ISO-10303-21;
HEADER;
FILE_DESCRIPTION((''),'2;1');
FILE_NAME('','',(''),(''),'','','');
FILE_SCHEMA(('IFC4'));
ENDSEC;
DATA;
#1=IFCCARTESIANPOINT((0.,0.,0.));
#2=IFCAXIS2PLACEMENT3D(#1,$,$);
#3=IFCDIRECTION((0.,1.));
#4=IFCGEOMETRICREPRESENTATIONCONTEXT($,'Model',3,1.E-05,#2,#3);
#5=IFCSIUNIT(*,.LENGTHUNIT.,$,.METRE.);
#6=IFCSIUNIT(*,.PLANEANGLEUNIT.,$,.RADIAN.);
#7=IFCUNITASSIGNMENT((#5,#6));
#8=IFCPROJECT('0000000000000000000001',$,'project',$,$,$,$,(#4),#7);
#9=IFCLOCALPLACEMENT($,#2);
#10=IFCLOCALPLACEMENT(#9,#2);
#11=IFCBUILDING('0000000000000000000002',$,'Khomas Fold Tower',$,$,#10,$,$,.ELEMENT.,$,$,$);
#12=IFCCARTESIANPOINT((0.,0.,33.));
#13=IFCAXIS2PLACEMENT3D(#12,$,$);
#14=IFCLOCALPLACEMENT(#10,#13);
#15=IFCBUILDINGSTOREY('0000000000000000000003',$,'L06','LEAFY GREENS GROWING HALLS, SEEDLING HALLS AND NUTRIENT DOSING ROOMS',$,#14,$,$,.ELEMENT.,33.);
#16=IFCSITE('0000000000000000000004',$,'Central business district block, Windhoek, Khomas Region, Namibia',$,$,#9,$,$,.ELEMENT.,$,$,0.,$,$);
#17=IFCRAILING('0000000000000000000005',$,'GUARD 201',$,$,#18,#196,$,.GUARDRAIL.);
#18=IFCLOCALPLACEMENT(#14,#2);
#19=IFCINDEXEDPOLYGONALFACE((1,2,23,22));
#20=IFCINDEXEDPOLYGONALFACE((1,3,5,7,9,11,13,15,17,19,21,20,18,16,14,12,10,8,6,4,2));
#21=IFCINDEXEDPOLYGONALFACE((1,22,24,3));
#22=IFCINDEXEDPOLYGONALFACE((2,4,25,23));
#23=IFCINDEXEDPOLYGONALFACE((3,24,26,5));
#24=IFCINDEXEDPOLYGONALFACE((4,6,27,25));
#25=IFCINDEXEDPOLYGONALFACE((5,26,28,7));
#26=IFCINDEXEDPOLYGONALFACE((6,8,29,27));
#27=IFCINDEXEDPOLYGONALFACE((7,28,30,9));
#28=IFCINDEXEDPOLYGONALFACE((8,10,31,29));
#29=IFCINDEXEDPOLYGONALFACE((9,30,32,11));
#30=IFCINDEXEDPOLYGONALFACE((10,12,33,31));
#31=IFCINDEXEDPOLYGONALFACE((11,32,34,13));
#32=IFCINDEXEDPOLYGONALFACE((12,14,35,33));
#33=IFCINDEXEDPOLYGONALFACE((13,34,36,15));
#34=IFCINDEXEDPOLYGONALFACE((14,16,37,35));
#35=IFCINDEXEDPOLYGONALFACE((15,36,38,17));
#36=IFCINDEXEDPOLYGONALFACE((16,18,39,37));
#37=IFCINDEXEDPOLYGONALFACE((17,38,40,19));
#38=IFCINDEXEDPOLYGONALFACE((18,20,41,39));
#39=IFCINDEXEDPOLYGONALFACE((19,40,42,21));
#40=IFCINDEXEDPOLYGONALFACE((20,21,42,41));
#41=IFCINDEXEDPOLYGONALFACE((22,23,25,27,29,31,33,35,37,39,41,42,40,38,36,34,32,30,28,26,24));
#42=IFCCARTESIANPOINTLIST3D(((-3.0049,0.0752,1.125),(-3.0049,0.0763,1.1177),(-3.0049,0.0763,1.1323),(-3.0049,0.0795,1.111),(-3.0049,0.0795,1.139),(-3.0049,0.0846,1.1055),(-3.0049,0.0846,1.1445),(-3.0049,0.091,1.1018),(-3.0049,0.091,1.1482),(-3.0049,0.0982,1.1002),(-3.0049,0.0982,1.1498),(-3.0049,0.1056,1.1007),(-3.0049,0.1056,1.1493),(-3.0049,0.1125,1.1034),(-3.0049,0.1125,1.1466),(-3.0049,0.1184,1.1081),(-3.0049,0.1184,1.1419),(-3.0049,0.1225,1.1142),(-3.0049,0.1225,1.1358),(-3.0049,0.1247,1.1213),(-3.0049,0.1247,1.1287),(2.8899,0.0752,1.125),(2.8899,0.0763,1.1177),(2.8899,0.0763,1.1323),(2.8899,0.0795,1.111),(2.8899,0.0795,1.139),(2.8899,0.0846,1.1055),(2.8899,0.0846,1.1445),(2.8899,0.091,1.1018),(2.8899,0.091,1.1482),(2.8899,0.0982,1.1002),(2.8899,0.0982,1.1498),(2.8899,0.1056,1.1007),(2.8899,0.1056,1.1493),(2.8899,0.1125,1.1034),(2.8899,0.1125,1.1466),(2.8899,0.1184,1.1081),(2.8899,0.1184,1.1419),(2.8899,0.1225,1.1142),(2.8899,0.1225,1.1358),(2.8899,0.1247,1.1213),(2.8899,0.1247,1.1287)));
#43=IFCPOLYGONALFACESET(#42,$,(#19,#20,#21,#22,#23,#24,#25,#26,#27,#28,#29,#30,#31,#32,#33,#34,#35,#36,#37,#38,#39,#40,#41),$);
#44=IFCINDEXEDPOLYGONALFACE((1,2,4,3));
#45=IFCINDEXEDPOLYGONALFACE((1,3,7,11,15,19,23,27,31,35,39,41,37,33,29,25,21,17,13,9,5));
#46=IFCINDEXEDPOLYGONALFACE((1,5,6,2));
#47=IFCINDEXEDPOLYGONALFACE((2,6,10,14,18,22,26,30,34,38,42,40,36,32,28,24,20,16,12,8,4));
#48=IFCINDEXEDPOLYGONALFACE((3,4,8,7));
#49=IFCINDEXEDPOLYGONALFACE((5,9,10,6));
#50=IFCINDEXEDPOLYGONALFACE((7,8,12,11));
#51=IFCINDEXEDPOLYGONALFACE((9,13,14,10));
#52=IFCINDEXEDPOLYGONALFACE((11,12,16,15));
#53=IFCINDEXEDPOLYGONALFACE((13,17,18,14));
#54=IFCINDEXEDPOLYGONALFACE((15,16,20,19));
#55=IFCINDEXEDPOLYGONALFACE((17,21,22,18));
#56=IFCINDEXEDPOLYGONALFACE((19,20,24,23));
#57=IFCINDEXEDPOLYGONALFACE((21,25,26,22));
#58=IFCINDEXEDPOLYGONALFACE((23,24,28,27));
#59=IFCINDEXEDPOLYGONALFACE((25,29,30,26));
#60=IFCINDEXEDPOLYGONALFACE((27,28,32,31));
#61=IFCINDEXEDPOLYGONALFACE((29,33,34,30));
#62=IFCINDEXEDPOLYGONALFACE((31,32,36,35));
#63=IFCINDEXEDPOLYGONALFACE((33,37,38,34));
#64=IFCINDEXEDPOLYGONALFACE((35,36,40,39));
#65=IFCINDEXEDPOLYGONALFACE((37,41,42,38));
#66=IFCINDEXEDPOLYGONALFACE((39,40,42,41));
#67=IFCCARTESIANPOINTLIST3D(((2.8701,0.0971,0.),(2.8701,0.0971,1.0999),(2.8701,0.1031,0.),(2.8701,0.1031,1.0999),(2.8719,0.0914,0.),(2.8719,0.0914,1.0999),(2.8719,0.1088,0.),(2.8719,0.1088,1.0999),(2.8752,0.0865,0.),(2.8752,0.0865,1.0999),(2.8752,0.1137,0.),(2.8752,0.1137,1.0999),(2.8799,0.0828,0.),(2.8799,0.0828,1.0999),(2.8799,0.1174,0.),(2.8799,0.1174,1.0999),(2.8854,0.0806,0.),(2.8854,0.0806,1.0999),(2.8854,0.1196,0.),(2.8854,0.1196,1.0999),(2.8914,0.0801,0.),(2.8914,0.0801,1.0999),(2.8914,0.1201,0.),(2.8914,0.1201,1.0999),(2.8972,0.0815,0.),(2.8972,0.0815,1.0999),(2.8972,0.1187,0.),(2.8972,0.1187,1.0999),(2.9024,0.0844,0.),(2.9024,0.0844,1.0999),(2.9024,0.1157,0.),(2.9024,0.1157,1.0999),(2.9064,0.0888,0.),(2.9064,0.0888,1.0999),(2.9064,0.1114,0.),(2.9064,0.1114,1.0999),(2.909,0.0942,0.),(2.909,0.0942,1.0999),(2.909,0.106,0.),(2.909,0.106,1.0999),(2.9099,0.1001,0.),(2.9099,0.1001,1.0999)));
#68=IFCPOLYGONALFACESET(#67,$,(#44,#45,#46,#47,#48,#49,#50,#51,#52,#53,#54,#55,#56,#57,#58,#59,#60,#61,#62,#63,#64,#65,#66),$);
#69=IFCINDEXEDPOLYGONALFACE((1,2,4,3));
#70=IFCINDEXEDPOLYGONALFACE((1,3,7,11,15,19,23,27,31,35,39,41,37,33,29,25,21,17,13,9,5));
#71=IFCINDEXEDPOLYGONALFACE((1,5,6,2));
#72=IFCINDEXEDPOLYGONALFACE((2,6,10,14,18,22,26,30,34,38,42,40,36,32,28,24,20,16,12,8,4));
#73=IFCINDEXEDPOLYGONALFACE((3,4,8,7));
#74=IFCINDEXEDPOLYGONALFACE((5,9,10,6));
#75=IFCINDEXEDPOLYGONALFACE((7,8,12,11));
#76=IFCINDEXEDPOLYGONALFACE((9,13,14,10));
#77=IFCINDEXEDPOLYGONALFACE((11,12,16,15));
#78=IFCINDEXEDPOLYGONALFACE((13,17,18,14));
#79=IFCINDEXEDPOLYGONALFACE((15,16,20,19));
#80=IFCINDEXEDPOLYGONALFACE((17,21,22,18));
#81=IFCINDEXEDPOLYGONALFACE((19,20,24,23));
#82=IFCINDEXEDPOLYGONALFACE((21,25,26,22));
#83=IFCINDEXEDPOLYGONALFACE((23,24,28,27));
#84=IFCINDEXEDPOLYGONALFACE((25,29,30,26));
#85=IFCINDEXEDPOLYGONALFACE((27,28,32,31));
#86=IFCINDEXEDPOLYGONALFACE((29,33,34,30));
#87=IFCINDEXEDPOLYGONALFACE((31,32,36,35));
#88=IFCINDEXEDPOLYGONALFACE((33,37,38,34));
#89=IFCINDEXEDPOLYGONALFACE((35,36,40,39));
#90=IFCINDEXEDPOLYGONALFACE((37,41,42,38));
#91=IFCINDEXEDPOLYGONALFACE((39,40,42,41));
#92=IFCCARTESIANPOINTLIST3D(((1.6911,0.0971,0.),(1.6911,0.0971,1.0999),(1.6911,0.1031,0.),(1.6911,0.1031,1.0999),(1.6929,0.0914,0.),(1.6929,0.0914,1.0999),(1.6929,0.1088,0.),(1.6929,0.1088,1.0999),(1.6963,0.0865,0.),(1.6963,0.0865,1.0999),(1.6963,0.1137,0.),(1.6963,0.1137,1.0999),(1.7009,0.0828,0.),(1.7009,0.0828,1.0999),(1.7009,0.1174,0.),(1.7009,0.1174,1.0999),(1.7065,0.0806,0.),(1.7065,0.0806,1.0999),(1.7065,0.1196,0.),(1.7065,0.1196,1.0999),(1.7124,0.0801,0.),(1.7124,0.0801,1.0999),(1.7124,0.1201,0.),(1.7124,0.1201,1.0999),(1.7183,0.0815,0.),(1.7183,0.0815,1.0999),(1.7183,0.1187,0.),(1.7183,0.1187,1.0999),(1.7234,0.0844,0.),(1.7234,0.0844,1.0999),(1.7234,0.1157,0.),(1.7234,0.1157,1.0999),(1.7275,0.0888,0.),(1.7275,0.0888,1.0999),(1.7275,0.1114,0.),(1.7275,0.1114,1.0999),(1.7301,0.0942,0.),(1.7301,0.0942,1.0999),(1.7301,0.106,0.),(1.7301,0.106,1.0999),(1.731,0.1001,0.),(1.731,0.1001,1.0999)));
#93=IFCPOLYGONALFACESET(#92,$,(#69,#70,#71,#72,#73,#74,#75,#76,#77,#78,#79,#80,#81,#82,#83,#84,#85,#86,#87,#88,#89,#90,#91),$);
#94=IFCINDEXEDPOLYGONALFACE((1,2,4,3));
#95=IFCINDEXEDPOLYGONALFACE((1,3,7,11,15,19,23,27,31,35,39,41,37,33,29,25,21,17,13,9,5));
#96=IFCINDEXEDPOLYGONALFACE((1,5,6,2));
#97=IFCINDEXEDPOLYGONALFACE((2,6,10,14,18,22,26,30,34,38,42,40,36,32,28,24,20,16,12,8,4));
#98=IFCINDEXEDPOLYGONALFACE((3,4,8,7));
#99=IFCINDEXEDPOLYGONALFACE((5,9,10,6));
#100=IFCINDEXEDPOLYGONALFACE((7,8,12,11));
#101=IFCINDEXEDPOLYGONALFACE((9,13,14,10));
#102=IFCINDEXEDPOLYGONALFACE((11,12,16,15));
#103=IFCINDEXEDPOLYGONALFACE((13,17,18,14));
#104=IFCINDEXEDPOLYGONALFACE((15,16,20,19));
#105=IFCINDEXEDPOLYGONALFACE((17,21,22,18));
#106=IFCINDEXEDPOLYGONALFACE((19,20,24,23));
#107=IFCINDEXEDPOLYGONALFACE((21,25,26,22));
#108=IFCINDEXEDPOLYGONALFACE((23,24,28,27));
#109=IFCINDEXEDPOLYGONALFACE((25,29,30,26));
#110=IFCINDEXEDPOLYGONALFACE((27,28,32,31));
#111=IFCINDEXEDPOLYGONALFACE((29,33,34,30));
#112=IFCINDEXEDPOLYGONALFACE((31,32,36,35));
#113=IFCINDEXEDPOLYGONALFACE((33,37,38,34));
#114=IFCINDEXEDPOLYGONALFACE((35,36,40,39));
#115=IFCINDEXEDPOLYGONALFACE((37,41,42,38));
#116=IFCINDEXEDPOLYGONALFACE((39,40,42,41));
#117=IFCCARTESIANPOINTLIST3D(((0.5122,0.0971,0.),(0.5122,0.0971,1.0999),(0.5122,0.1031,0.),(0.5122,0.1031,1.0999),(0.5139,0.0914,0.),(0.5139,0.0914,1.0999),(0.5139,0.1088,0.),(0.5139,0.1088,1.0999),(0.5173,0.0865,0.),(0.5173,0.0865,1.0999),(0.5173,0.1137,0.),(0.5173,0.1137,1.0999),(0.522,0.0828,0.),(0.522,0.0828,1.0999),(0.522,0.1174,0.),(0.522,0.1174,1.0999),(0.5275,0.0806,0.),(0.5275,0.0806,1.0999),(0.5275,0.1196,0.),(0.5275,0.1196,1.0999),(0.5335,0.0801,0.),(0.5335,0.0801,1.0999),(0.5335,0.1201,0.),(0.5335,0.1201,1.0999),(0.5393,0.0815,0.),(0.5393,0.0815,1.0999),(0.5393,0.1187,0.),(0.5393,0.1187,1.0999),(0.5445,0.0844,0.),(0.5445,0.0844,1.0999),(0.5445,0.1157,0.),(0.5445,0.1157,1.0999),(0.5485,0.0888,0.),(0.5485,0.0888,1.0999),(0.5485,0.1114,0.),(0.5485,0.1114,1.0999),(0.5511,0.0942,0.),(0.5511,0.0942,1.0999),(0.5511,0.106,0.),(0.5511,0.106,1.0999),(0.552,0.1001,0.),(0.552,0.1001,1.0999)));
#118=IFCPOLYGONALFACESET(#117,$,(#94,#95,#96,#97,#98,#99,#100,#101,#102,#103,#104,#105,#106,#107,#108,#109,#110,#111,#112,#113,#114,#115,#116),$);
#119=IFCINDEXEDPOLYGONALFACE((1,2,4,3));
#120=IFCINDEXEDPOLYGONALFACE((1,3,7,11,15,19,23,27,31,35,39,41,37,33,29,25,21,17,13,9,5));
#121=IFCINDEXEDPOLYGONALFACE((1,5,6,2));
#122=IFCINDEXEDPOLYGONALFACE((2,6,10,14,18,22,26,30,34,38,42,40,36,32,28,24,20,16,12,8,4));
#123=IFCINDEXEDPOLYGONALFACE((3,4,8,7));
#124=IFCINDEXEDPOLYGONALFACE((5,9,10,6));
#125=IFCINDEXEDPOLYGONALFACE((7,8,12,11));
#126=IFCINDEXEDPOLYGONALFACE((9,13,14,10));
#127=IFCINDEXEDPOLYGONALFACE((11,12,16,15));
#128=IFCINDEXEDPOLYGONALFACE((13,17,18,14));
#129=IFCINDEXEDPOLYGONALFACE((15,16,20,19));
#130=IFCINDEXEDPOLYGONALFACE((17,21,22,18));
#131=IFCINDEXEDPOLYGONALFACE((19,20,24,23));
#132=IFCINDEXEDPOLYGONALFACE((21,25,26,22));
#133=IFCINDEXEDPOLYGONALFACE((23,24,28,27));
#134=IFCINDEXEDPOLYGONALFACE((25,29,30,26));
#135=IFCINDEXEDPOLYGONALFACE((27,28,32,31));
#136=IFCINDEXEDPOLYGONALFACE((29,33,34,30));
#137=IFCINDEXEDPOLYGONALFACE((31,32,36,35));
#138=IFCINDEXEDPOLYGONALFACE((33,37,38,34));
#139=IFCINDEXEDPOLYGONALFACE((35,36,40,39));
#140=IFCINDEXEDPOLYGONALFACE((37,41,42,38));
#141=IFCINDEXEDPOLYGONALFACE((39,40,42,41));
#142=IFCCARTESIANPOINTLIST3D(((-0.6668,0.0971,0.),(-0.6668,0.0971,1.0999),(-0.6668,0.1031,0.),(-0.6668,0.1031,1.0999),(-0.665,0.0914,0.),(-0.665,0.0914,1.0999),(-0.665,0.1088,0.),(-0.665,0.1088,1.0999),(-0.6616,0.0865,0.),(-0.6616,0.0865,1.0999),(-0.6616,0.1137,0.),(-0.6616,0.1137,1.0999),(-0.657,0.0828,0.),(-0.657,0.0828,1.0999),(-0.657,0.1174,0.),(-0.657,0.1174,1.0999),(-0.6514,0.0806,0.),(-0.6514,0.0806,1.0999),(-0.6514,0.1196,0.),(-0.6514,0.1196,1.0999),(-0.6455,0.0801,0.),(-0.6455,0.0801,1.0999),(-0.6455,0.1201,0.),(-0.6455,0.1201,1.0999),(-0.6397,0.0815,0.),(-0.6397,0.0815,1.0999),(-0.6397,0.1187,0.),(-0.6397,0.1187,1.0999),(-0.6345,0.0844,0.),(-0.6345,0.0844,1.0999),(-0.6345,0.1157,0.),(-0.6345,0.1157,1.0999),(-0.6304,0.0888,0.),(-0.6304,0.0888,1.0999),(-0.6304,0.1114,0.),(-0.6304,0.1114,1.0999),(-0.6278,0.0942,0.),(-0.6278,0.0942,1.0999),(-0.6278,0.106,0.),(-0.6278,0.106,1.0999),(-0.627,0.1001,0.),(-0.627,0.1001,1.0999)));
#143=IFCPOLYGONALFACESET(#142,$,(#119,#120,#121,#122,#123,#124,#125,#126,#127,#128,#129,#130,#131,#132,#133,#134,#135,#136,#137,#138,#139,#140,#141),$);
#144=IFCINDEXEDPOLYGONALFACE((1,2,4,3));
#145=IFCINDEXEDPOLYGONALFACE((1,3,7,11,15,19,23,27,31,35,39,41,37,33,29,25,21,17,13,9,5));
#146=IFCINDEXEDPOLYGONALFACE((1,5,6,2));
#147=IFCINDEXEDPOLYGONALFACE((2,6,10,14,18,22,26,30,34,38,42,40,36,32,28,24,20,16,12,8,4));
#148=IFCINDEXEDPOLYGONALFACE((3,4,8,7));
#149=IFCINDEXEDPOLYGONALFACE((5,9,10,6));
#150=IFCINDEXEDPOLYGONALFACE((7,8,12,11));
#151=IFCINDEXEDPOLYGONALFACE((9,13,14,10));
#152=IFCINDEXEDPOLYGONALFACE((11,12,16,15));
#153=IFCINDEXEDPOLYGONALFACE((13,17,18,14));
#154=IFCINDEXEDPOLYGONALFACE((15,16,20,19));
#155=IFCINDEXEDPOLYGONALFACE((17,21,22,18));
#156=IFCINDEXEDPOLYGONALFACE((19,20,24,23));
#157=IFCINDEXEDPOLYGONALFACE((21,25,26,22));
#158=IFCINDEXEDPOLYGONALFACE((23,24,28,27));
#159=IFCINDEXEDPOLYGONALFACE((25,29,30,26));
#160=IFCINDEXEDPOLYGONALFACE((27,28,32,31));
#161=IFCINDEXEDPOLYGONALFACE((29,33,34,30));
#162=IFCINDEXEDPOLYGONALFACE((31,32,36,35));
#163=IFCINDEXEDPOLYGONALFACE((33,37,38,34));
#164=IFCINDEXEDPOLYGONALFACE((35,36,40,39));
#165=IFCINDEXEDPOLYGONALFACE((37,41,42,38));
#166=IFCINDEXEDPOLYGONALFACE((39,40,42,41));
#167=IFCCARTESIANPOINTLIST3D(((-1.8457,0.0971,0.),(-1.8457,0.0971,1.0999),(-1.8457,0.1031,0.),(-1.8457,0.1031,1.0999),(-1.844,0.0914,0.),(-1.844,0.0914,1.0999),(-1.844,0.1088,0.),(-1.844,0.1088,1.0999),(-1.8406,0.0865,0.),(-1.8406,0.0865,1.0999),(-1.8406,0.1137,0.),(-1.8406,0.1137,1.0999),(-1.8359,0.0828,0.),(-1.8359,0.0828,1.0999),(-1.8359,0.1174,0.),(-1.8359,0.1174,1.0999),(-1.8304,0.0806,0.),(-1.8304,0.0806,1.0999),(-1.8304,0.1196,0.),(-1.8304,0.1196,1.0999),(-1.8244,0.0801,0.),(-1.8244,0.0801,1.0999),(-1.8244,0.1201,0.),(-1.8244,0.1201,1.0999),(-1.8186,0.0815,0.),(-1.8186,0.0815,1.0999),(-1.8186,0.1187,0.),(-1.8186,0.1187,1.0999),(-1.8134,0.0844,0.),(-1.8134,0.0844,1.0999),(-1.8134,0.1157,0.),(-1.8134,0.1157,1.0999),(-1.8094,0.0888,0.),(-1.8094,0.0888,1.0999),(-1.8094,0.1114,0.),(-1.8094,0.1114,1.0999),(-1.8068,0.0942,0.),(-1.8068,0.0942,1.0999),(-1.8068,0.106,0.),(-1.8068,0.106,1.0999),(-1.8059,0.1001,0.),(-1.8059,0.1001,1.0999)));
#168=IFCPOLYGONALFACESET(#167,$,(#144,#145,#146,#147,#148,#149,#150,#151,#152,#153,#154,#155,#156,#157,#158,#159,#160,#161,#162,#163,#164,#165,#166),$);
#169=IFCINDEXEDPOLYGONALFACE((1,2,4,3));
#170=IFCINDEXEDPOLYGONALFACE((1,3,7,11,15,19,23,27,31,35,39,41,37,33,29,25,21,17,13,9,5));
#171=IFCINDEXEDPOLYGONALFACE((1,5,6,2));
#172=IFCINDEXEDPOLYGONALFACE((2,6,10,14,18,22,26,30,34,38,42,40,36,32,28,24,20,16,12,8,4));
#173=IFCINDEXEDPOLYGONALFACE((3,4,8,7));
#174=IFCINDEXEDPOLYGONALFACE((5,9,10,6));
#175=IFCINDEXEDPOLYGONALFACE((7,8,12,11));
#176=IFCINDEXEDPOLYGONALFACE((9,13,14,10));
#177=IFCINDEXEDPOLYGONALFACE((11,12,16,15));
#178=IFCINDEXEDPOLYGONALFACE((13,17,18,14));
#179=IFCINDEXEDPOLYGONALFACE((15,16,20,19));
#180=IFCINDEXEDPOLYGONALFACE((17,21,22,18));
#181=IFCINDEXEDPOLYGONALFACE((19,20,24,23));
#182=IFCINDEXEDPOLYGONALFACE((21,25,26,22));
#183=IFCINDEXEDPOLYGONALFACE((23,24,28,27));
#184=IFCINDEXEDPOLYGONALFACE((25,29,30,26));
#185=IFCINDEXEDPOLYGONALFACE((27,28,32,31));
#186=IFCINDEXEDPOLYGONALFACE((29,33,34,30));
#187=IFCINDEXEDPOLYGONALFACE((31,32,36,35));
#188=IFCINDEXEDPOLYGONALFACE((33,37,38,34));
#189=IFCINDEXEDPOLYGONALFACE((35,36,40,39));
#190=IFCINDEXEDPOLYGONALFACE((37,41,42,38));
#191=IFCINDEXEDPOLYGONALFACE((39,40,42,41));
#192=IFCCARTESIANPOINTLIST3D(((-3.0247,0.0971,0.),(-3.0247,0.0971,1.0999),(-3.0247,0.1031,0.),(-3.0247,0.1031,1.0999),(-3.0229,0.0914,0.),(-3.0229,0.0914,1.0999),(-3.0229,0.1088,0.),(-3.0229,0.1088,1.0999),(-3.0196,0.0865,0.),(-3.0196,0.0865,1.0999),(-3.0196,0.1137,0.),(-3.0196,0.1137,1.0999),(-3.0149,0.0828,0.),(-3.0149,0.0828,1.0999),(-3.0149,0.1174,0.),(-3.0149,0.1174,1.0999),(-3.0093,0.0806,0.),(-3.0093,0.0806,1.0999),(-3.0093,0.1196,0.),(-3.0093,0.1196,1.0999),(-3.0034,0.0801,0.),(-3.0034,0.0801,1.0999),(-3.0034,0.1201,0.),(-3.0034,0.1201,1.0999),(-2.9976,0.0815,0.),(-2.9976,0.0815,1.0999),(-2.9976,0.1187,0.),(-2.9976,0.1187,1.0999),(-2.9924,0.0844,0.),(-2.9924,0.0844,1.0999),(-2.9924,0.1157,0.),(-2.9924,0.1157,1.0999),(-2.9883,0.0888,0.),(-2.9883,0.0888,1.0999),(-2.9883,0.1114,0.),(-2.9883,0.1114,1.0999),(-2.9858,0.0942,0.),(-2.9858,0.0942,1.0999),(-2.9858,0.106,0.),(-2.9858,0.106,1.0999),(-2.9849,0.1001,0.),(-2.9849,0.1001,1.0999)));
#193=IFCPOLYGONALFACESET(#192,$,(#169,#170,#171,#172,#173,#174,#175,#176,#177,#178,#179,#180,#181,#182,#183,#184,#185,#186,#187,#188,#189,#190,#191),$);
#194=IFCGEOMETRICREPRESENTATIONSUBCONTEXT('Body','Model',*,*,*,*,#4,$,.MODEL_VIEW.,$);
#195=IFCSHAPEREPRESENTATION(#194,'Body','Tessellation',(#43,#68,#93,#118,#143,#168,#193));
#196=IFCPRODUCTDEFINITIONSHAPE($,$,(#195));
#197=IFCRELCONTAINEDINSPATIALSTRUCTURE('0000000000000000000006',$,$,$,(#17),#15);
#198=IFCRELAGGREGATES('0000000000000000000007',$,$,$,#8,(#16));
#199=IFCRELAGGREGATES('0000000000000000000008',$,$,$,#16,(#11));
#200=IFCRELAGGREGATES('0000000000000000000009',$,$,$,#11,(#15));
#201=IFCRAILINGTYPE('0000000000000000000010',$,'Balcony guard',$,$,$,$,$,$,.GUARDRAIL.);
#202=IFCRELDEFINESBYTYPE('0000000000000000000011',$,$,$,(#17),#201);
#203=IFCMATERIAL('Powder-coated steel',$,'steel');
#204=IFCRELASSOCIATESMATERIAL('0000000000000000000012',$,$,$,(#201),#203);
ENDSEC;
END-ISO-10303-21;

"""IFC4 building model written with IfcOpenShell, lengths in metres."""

from ifc_helpers import new_model, si_unit, direction, frame, origin, origin_2d, place, context, subcontext, project, spatial, circle, extrude, source, transform, mapped, material, type_object, element, save


model = new_model("IFC4")

# Units and contexts
model_context = context("Model", 3, precision=1e-05, world=origin(), true_north=direction((0.0, 1.0)))
body_context = subcontext(model_context, "Body", "Model", "MODEL_VIEW")
ifc_project = project(units=[si_unit("LENGTHUNIT", "METRE"), si_unit("PLANEANGLEUNIT", "RADIAN")], contexts=[model_context])

# Site, building, storey
site_placement = place(None, origin())
site = spatial("IfcSite", under=ifc_project, at=site_placement, Name="Central business district block, Windhoek, Khomas Region, Namibia", CompositionType="ELEMENT", RefElevation=0.0)
building_placement = place(site_placement, origin())
building = spatial("IfcBuilding", under=site, at=building_placement, Name="Khomas Fold Tower", CompositionType="ELEMENT")
storey_placement = place(building_placement, frame((0.0, 0.0, 33.0)))
storey = spatial("IfcBuildingStorey", under=building, at=storey_placement, Name="L06", Description="LEAFY GREENS GROWING HALLS, SEEDLING HALLS AND NUTRIENT DOSING ROOMS", CompositionType="ELEMENT", Elevation=33.0)

# Railing
ifc_material_1 = material(Name="Powder-coated steel", Category="steel")
railing_type = type_object("IfcRailingType", Name="Balcony guard", PredefinedType="GUARDRAIL", material=ifc_material_1)
shared_shape_1 = source(origin(), body_context, "Body", "SweptSolid", [
    extrude(circle(Radius=0.0249, at=origin_2d()), frame((0.0, 0.0, 1.125), z_axis=(-1.0, 0.0, 0.0), x_axis=(0.0, -1.0, 0.0)), (0.0, 0.0, 1.0), 5.8948),
    extrude(circle(Radius=0.02, at=origin_2d()), origin(), (0.0, 0.0, 1.0), 1.0999),
    extrude(circle(Radius=0.02, at=origin_2d()), frame((-1.179, 0.0, 0.0)), (0.0, 0.0, 1.0), 1.0999),
    extrude(circle(Radius=0.02, at=origin_2d()), frame((-2.3579, 0.0, 0.0)), (0.0, 0.0, 1.0), 1.0999),
    extrude(circle(Radius=0.02, at=origin_2d()), frame((-3.5369, 0.0, 0.0)), (0.0, 0.0, 1.0), 1.0999),
    extrude(circle(Radius=0.02, at=origin_2d()), frame((-4.7158, 0.0, 0.0)), (0.0, 0.0, 1.0), 1.0999),
    extrude(circle(Radius=0.02, at=origin_2d()), frame((-5.8948, 0.0, 0.0)), (0.0, 0.0, 1.0), 1.0999),
])
railing_placement = place(storey_placement, frame((2.8899, 0.1001, 0.0)))
element("IfcRailing", 1, at=railing_placement, inside=storey, type_object=railing_type, Name="GUARD 201", PredefinedType="GUARDRAIL", context=body_context, shape_type="MappedRepresentation", body=[
    mapped(shared_shape_1, transform((0.0, 0.0, 0.0))),
])

save(model, "model.ifc")
